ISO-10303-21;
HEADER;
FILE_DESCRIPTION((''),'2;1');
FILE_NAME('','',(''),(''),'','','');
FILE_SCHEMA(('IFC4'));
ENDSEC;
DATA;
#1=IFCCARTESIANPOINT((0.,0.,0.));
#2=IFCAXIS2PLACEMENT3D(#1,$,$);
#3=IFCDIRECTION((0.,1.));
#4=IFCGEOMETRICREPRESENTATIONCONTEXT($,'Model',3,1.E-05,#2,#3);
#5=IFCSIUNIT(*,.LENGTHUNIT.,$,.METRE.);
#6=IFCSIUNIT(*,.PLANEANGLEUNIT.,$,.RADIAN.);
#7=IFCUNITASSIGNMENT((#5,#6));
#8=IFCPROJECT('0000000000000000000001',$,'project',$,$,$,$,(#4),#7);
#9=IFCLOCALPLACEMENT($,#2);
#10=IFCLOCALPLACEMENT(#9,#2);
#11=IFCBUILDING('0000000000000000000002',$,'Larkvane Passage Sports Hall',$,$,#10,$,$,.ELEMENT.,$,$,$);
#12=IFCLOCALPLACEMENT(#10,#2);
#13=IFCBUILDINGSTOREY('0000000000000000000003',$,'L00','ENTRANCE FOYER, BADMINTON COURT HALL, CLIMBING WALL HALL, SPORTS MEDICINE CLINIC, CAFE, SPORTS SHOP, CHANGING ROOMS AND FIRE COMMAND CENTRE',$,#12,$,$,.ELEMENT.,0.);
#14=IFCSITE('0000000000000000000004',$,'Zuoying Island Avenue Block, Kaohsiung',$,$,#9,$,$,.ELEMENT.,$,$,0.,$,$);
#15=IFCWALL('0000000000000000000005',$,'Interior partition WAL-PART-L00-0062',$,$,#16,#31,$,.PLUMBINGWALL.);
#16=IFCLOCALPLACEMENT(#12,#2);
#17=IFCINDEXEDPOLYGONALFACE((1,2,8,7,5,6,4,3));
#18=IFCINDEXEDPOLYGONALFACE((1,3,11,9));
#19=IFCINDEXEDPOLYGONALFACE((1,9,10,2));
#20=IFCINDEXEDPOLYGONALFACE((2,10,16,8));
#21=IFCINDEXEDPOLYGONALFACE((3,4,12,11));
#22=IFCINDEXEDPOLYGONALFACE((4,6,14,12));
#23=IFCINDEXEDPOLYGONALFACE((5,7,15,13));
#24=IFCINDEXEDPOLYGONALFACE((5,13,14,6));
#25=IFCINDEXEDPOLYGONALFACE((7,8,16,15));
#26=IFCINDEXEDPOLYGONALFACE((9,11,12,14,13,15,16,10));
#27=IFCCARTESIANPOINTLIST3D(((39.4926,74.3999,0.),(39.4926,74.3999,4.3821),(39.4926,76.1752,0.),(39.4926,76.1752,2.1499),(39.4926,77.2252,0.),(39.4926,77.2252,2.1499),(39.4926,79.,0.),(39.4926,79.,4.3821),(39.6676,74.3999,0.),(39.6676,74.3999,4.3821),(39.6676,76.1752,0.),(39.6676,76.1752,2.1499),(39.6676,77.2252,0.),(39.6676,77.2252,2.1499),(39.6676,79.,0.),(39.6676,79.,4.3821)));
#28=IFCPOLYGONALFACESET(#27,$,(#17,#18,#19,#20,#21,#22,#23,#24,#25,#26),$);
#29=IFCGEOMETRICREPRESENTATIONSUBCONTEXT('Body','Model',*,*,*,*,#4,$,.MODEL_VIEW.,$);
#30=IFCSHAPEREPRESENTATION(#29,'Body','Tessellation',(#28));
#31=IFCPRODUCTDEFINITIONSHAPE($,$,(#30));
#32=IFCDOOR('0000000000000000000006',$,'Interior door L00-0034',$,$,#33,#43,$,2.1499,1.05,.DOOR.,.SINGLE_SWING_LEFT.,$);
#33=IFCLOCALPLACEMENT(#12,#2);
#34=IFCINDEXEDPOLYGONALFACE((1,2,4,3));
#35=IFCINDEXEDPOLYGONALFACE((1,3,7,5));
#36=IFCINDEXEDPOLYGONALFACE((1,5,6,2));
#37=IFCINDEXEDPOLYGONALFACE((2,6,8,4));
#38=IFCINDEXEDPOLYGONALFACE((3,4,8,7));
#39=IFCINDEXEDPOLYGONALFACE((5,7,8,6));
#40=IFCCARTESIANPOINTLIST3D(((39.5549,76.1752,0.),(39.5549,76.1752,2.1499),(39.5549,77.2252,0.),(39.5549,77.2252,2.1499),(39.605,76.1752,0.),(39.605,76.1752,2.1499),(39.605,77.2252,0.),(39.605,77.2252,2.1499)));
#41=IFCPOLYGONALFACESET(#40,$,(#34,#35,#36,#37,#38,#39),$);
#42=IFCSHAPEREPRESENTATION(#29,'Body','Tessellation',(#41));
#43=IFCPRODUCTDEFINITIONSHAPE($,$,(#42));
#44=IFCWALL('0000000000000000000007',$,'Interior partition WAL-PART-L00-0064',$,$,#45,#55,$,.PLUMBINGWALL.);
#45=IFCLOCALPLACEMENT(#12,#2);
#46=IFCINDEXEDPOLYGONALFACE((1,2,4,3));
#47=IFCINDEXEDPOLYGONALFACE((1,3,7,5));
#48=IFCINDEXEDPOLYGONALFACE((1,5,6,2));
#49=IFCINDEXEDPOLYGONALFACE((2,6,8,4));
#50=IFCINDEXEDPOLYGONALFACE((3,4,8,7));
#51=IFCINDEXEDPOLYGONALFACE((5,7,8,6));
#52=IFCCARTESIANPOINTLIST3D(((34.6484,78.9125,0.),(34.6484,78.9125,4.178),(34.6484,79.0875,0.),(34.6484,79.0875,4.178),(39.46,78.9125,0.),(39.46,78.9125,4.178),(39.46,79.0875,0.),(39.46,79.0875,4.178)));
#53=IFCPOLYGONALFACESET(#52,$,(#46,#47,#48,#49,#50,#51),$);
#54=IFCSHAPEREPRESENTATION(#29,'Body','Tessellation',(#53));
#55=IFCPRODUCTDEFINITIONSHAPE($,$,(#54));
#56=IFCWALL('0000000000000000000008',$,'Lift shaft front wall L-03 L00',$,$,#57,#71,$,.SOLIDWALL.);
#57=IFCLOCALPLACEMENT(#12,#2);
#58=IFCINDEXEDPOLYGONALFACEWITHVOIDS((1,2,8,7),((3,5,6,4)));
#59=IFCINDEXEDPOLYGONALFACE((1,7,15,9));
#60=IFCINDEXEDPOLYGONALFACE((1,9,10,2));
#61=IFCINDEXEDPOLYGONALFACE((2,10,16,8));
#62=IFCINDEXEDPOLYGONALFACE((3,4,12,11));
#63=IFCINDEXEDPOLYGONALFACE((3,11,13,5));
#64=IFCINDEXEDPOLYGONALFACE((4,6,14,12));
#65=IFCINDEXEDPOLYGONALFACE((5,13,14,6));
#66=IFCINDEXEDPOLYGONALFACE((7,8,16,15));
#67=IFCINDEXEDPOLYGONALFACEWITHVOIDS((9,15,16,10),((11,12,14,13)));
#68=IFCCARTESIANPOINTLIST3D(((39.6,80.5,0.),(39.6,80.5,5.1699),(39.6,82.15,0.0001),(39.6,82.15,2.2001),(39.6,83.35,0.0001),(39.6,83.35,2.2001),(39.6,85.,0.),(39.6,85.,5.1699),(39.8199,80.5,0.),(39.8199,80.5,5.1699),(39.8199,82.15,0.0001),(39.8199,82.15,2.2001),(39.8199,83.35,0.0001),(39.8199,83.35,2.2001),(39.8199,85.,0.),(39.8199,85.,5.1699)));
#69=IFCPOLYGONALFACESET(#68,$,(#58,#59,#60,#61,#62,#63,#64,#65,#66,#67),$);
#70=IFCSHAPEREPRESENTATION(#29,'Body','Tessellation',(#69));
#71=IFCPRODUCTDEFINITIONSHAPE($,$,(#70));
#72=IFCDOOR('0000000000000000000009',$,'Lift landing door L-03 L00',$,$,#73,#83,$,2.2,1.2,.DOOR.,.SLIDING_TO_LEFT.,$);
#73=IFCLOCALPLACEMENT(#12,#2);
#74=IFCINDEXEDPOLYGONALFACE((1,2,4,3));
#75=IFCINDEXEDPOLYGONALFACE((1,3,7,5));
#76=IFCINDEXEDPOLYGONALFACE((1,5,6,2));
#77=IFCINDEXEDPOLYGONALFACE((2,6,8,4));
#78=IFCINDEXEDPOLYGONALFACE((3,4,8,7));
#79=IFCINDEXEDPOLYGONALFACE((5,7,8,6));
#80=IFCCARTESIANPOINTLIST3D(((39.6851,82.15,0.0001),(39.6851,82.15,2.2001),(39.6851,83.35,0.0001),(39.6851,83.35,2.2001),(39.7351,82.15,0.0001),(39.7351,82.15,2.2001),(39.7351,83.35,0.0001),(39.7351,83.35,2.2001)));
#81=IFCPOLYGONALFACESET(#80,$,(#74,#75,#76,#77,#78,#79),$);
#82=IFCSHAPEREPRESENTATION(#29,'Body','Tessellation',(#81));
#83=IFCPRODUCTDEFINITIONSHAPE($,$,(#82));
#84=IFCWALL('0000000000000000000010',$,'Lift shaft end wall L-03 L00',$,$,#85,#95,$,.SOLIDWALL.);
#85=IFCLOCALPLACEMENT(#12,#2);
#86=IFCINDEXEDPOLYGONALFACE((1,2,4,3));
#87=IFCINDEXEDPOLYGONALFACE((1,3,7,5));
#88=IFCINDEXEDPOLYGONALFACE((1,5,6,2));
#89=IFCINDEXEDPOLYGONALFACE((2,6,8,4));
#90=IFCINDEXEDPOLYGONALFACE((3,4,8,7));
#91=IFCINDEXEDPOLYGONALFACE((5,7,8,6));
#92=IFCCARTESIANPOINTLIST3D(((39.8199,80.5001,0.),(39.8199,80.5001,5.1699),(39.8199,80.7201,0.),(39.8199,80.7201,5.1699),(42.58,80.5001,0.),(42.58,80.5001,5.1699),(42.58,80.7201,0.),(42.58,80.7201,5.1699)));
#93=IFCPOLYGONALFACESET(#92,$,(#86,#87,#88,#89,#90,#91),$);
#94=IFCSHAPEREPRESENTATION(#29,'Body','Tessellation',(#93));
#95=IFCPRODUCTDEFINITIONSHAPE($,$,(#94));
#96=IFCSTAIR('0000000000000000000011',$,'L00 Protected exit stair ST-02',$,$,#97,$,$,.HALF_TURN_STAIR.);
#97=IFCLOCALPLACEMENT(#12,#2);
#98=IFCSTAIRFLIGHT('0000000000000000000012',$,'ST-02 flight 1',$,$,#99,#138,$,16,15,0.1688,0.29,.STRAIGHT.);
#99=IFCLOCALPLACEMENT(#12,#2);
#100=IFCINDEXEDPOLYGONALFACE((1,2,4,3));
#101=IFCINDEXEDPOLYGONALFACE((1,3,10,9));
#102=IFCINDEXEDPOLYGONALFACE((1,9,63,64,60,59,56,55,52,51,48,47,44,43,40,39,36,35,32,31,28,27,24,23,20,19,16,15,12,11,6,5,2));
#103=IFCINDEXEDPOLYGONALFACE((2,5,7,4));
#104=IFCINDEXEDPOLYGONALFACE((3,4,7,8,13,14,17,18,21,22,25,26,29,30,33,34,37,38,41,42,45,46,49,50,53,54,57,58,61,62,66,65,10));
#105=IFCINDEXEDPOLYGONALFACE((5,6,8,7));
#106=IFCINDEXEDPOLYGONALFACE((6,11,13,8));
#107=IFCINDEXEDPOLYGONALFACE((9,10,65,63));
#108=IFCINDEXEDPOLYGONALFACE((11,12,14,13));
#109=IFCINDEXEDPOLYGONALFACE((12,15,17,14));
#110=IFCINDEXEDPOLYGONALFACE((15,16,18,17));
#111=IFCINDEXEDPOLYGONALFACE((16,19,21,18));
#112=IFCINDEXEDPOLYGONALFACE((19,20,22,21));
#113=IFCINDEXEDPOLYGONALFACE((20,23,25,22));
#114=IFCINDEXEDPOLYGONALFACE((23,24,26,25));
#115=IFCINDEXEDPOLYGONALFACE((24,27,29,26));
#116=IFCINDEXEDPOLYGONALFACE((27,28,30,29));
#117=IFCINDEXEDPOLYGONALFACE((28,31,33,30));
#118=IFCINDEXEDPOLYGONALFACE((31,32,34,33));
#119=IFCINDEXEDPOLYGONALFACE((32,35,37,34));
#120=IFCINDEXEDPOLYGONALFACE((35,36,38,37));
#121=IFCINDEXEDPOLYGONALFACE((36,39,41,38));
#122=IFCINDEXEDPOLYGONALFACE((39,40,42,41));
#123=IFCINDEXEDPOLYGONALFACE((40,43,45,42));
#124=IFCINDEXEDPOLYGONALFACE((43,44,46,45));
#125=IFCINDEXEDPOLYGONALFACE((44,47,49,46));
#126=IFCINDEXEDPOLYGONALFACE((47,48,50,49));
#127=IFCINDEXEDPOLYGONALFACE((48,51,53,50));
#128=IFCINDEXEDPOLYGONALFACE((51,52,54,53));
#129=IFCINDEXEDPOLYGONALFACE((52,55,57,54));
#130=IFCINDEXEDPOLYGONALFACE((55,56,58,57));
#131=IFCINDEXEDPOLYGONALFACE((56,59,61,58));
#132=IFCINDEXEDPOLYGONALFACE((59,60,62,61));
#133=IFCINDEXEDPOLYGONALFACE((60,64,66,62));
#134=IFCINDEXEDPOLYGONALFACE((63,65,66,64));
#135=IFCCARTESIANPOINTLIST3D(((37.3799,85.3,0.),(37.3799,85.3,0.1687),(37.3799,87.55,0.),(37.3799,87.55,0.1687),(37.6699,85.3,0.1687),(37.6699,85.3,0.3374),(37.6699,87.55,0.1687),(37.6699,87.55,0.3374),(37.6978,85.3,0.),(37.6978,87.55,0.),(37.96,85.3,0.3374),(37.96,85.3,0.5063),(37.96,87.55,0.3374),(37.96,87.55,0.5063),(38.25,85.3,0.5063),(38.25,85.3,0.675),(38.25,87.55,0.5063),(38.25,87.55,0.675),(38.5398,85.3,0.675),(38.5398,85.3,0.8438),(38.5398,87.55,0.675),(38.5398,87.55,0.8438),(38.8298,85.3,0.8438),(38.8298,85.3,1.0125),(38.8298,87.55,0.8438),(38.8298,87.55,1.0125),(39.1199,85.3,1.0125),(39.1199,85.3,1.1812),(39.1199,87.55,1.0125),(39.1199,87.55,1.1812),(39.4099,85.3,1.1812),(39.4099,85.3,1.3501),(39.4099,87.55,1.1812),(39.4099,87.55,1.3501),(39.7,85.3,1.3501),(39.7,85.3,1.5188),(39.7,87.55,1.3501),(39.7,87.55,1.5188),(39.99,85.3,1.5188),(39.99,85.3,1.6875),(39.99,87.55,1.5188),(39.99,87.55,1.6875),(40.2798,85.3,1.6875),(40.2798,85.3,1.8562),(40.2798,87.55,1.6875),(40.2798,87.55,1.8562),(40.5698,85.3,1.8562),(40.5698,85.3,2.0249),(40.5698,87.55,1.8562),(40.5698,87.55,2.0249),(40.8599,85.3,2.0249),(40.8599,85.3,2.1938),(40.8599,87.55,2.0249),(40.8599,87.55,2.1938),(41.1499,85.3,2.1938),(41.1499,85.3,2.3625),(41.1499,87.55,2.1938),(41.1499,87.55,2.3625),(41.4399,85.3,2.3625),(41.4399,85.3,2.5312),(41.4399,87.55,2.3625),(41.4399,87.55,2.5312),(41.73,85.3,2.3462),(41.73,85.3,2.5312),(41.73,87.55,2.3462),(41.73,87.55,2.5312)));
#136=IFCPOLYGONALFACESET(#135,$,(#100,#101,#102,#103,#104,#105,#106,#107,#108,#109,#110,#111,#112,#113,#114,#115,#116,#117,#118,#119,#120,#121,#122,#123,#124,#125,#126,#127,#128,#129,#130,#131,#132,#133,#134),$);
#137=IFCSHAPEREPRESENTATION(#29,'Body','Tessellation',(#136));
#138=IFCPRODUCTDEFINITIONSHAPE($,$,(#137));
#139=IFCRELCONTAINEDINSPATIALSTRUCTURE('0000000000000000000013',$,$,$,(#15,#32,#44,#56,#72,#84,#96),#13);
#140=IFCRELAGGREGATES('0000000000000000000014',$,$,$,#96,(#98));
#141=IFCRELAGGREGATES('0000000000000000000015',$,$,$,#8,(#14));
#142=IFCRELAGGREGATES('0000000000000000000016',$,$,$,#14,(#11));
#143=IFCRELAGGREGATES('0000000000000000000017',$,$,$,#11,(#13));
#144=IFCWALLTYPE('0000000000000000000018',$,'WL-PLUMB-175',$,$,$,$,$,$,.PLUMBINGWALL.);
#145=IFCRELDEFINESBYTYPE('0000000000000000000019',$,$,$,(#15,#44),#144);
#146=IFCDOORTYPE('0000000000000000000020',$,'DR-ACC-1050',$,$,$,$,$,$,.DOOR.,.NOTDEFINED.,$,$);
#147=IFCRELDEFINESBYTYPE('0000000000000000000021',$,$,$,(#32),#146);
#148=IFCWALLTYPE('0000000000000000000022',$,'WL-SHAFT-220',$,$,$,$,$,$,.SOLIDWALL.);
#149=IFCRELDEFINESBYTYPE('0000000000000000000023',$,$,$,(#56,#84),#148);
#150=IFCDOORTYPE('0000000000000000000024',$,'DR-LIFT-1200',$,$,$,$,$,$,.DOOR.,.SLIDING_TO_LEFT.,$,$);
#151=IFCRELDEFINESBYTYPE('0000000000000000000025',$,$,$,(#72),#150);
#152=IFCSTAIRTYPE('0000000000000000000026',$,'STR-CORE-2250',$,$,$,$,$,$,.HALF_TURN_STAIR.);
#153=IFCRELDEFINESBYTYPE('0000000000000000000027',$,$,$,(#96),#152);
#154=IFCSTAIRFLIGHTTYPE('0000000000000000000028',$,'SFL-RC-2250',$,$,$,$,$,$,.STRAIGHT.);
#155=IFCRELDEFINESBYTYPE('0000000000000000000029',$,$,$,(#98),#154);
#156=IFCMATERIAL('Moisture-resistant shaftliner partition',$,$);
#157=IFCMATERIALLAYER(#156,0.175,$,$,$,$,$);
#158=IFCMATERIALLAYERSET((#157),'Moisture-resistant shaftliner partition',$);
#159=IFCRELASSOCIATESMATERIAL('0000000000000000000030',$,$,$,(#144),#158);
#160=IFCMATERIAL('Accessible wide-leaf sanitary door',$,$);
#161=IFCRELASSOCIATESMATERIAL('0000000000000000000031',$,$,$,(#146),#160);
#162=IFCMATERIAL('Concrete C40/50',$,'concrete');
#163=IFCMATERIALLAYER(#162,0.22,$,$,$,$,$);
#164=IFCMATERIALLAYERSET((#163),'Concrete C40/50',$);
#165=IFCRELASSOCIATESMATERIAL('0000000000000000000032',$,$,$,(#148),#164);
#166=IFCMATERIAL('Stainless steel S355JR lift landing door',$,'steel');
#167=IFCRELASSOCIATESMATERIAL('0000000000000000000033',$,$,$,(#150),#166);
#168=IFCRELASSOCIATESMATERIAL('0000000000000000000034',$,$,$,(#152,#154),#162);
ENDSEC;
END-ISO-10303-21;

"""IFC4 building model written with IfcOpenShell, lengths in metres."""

from ifc_helpers import new_model, si_unit, direction, frame, frame_2d, origin, place, context, subcontext, project, spatial, polyline, rectangle, outline, extrude, material, layer, layer_set, type_object, element, fill, aggregate, save


model = new_model("IFC4")

# Units and contexts
model_context = context("Model", 3, precision=1e-05, world=origin(), true_north=direction((0.0, 1.0)))
body_context = subcontext(model_context, "Body", "Model", "MODEL_VIEW")
ifc_project = project(units=[si_unit("LENGTHUNIT", "METRE"), si_unit("PLANEANGLEUNIT", "RADIAN")], contexts=[model_context])

# Site, building, storey
site_placement = place(None, origin())
site = spatial("IfcSite", under=ifc_project, at=site_placement, Name="Zuoying Island Avenue Block, Kaohsiung", CompositionType="ELEMENT", RefElevation=0.0)
building_placement = place(site_placement, origin())
building = spatial("IfcBuilding", under=site, at=building_placement, Name="Larkvane Passage Sports Hall", CompositionType="ELEMENT")
storey_placement = place(building_placement, origin())
storey = spatial("IfcBuildingStorey", under=building, at=storey_placement, Name="L00", Description="ENTRANCE FOYER, BADMINTON COURT HALL, CLIMBING WALL HALL, SPORTS MEDICINE CLINIC, CAFE, SPORTS SHOP, CHANGING ROOMS AND FIRE COMMAND CENTRE", CompositionType="ELEMENT", Elevation=0.0)

# Shared definitions
ifc_material_1 = material(Name="Concrete C40/50", Category="concrete")

# Wall, opening, door
ifc_material_2 = material(Name="Moisture-resistant shaftliner partition")
ifc_layer_1 = layer(ifc_material_2, 0.175)
ifc_layer_set_1 = layer_set([ifc_layer_1], Name="Moisture-resistant shaftliner partition")
wall_type_1 = type_object("IfcWallType", Name="WL-PLUMB-175", PredefinedType="PLUMBINGWALL", material=ifc_layer_set_1)
wall_1_placement = place(storey_placement, frame((39.5801, 79.0, 0.0), z_axis=(0.0, 0.0, 1.0), x_axis=(0.0, -1.0, 0.0)))
wall_1 = element("IfcWall", 1, at=wall_1_placement, inside=storey, type_object=wall_type_1, Name="Interior partition WAL-PART-L00-0062", PredefinedType="PLUMBINGWALL", context=body_context, shape_type="SweptSolid", body=[
    extrude(rectangle(XDim=4.6001, YDim=0.175, at=frame_2d((2.3, 0.0))), origin(), (0.0, 0.0, 1.0), 4.3821),
])
opening_1_placement = place(wall_1_placement, frame((1.7749, 0.0, 0.0)))
opening_1 = element("IfcOpeningElement", 2, at=opening_1_placement, cuts=wall_1, PredefinedType="OPENING", context=body_context, shape_type="SweptSolid", body=[
    extrude(rectangle(XDim=1.05, YDim=2.1499, at=frame_2d((0.5249, 1.075))), frame((0.0, 0.0974, 0.0), z_axis=(0.0, -1.0, 0.0), x_axis=(1.0, 0.0, 0.0)), (0.0, 0.0, 1.0), 0.1951),
])
ifc_material_3 = material(Name="Accessible wide-leaf sanitary door")
door_type_1 = type_object("IfcDoorType", Name="DR-ACC-1050", OperationType="NOTDEFINED", PredefinedType="DOOR", material=ifc_material_3)
door_1_placement = place(opening_1_placement, origin())
door_1 = element("IfcDoor", 3, at=door_1_placement, inside=storey, type_object=door_type_1, Name="Interior door L00-0034", OperationType="SINGLE_SWING_LEFT", OverallHeight=2.1499, OverallWidth=1.05, PredefinedType="DOOR", context=body_context, shape_type="SweptSolid", body=[
    extrude(rectangle(XDim=1.05, YDim=2.1499, at=frame_2d((0.5249, 1.075))), frame((0.0, 0.0249, 0.0), z_axis=(0.0, -1.0, 0.0), x_axis=(1.0, 0.0, 0.0)), (0.0, 0.0, 1.0), 0.05),
])
fill(opening_1, door_1)

# Wall
wall_2_placement = place(storey_placement, frame((34.6484, 79.0, 0.0), z_axis=(0.0, 0.0, 1.0), x_axis=(1.0, 0.0, 0.0)))
element("IfcWall", 4, at=wall_2_placement, inside=storey, type_object=wall_type_1, Name="Interior partition WAL-PART-L00-0064", PredefinedType="PLUMBINGWALL", context=body_context, shape_type="SweptSolid", body=[
    extrude(rectangle(XDim=4.8115, YDim=0.175, at=frame_2d((2.4058, 0.0))), origin(), (0.0, 0.0, 1.0), 4.178),
])

# Wall, opening, door
ifc_layer_2 = layer(ifc_material_1, 0.22)
ifc_layer_set_2 = layer_set([ifc_layer_2], Name="Concrete C40/50")
wall_type_2 = type_object("IfcWallType", Name="WL-SHAFT-220", PredefinedType="SOLIDWALL", material=ifc_layer_set_2)
wall_3_placement = place(storey_placement, frame((39.71, 80.5, 0.0), z_axis=(0.0, 0.0, 1.0), x_axis=(0.0, 1.0, 0.0)))
wall_3 = element("IfcWall", 5, at=wall_3_placement, inside=storey, type_object=wall_type_2, Name="Lift shaft front wall L-03 L00", PredefinedType="SOLIDWALL", context=body_context, shape_type="SweptSolid", body=[
    extrude(rectangle(XDim=4.5, YDim=0.22, at=frame_2d((2.25, 0.0))), origin(), (0.0, 0.0, 1.0), 5.1699),
])
opening_2_placement = place(wall_3_placement, frame((1.6499, 0.0, 0.0)))
opening_2 = element("IfcOpeningElement", 6, at=opening_2_placement, cuts=wall_3, PredefinedType="OPENING", context=body_context, shape_type="SweptSolid", body=[
    extrude(rectangle(XDim=1.2, YDim=2.2, at=frame_2d((0.6001, 1.1001))), frame((0.0, 0.1199, 0.0), z_axis=(0.0, -1.0, 0.0), x_axis=(1.0, 0.0, 0.0)), (0.0, 0.0, 1.0), 0.24),
])
ifc_material_4 = material(Name="Stainless steel S355JR lift landing door", Category="steel")
door_type_2 = type_object("IfcDoorType", Name="DR-LIFT-1200", OperationType="SLIDING_TO_LEFT", PredefinedType="DOOR", material=ifc_material_4)
door_2_placement = place(opening_2_placement, origin())
door_2 = element("IfcDoor", 7, at=door_2_placement, inside=storey, type_object=door_type_2, Name="Lift landing door L-03 L00", OperationType="SLIDING_TO_LEFT", OverallHeight=2.2, OverallWidth=1.2, PredefinedType="DOOR", context=body_context, shape_type="SweptSolid", body=[
    extrude(rectangle(XDim=1.2, YDim=2.2, at=frame_2d((0.6001, 1.1001))), frame((0.0, 0.0249, 0.0), z_axis=(0.0, -1.0, 0.0), x_axis=(1.0, 0.0, 0.0)), (0.0, 0.0, 1.0), 0.05),
])
fill(opening_2, door_2)

# Wall
wall_4_placement = place(storey_placement, frame((39.8201, 80.6101, 0.0), z_axis=(0.0, 0.0, 1.0), x_axis=(1.0, 0.0, 0.0)))
element("IfcWall", 8, at=wall_4_placement, inside=storey, type_object=wall_type_2, Name="Lift shaft end wall L-03 L00", PredefinedType="SOLIDWALL", context=body_context, shape_type="SweptSolid", body=[
    extrude(rectangle(XDim=2.76, YDim=0.22, at=frame_2d((1.3799, 0.0))), origin(), (0.0, 0.0, 1.0), 5.1699),
])

# Stair, stair flight
stair_type = type_object("IfcStairType", Name="STR-CORE-2250", PredefinedType="HALF_TURN_STAIR", material=ifc_material_1)
stair_placement = place(storey_placement, origin())
stair = element("IfcStair", 9, at=stair_placement, inside=storey, type_object=stair_type, Name="L00 Protected exit stair ST-02", PredefinedType="HALF_TURN_STAIR")
stair_flight_type = type_object("IfcStairFlightType", Name="SFL-RC-2250", PredefinedType="STRAIGHT", material=ifc_material_1)
stair_flight_1_placement = place(storey_placement, frame((37.3799, 86.425, 0.0), z_axis=(0.0, 0.0, 1.0), x_axis=(1.0, 0.0, 0.0)))
stair_flight_1 = element("IfcStairFlight", 10, at=stair_flight_1_placement, type_object=stair_flight_type, Name="ST-02 flight 1", NumberOfRisers=16, NumberOfTreads=15, PredefinedType="STRAIGHT", RiserHeight=0.1688, TreadLength=0.29, context=body_context, shape_type="SweptSolid", body=[
    extrude(outline(polyline([(0.0, 0.0), (0.0, 0.1687), (0.29, 0.1687), (0.29, 0.3374), (0.5801, 0.3374), (0.5801, 0.5063), (0.8701, 0.5063), (0.8701, 0.675), (1.1599, 0.675), (1.1599, 0.8438), (1.45, 0.8438), (1.45, 1.0125), (1.74, 1.0125), (1.74, 1.1812), (2.03, 1.1812), (2.03, 1.3501), (2.3201, 1.3501), (2.3201, 1.5188), (2.6101, 1.5188), (2.6101, 1.6875), (2.8999, 1.6875), (2.8999, 1.8562), (3.1899, 1.8562), (3.1899, 2.0249), (3.48, 2.0249), (3.48, 2.1938), (3.77, 2.1938), (3.77, 2.3625), (4.0601, 2.3625), (4.0601, 2.5312), (4.3501, 2.5312), (4.3501, 2.7), (4.3501, 2.3462), (0.3179, 0.0), (0.0, 0.0)])), frame((0.0, 1.125, 0.0), z_axis=(0.0, -1.0, 0.0), x_axis=(1.0, 0.0, 0.0)), (0.0, 0.0, 1.0), 2.25),
])
aggregate(stair, [stair_flight_1])

save(model, "model.ifc")
